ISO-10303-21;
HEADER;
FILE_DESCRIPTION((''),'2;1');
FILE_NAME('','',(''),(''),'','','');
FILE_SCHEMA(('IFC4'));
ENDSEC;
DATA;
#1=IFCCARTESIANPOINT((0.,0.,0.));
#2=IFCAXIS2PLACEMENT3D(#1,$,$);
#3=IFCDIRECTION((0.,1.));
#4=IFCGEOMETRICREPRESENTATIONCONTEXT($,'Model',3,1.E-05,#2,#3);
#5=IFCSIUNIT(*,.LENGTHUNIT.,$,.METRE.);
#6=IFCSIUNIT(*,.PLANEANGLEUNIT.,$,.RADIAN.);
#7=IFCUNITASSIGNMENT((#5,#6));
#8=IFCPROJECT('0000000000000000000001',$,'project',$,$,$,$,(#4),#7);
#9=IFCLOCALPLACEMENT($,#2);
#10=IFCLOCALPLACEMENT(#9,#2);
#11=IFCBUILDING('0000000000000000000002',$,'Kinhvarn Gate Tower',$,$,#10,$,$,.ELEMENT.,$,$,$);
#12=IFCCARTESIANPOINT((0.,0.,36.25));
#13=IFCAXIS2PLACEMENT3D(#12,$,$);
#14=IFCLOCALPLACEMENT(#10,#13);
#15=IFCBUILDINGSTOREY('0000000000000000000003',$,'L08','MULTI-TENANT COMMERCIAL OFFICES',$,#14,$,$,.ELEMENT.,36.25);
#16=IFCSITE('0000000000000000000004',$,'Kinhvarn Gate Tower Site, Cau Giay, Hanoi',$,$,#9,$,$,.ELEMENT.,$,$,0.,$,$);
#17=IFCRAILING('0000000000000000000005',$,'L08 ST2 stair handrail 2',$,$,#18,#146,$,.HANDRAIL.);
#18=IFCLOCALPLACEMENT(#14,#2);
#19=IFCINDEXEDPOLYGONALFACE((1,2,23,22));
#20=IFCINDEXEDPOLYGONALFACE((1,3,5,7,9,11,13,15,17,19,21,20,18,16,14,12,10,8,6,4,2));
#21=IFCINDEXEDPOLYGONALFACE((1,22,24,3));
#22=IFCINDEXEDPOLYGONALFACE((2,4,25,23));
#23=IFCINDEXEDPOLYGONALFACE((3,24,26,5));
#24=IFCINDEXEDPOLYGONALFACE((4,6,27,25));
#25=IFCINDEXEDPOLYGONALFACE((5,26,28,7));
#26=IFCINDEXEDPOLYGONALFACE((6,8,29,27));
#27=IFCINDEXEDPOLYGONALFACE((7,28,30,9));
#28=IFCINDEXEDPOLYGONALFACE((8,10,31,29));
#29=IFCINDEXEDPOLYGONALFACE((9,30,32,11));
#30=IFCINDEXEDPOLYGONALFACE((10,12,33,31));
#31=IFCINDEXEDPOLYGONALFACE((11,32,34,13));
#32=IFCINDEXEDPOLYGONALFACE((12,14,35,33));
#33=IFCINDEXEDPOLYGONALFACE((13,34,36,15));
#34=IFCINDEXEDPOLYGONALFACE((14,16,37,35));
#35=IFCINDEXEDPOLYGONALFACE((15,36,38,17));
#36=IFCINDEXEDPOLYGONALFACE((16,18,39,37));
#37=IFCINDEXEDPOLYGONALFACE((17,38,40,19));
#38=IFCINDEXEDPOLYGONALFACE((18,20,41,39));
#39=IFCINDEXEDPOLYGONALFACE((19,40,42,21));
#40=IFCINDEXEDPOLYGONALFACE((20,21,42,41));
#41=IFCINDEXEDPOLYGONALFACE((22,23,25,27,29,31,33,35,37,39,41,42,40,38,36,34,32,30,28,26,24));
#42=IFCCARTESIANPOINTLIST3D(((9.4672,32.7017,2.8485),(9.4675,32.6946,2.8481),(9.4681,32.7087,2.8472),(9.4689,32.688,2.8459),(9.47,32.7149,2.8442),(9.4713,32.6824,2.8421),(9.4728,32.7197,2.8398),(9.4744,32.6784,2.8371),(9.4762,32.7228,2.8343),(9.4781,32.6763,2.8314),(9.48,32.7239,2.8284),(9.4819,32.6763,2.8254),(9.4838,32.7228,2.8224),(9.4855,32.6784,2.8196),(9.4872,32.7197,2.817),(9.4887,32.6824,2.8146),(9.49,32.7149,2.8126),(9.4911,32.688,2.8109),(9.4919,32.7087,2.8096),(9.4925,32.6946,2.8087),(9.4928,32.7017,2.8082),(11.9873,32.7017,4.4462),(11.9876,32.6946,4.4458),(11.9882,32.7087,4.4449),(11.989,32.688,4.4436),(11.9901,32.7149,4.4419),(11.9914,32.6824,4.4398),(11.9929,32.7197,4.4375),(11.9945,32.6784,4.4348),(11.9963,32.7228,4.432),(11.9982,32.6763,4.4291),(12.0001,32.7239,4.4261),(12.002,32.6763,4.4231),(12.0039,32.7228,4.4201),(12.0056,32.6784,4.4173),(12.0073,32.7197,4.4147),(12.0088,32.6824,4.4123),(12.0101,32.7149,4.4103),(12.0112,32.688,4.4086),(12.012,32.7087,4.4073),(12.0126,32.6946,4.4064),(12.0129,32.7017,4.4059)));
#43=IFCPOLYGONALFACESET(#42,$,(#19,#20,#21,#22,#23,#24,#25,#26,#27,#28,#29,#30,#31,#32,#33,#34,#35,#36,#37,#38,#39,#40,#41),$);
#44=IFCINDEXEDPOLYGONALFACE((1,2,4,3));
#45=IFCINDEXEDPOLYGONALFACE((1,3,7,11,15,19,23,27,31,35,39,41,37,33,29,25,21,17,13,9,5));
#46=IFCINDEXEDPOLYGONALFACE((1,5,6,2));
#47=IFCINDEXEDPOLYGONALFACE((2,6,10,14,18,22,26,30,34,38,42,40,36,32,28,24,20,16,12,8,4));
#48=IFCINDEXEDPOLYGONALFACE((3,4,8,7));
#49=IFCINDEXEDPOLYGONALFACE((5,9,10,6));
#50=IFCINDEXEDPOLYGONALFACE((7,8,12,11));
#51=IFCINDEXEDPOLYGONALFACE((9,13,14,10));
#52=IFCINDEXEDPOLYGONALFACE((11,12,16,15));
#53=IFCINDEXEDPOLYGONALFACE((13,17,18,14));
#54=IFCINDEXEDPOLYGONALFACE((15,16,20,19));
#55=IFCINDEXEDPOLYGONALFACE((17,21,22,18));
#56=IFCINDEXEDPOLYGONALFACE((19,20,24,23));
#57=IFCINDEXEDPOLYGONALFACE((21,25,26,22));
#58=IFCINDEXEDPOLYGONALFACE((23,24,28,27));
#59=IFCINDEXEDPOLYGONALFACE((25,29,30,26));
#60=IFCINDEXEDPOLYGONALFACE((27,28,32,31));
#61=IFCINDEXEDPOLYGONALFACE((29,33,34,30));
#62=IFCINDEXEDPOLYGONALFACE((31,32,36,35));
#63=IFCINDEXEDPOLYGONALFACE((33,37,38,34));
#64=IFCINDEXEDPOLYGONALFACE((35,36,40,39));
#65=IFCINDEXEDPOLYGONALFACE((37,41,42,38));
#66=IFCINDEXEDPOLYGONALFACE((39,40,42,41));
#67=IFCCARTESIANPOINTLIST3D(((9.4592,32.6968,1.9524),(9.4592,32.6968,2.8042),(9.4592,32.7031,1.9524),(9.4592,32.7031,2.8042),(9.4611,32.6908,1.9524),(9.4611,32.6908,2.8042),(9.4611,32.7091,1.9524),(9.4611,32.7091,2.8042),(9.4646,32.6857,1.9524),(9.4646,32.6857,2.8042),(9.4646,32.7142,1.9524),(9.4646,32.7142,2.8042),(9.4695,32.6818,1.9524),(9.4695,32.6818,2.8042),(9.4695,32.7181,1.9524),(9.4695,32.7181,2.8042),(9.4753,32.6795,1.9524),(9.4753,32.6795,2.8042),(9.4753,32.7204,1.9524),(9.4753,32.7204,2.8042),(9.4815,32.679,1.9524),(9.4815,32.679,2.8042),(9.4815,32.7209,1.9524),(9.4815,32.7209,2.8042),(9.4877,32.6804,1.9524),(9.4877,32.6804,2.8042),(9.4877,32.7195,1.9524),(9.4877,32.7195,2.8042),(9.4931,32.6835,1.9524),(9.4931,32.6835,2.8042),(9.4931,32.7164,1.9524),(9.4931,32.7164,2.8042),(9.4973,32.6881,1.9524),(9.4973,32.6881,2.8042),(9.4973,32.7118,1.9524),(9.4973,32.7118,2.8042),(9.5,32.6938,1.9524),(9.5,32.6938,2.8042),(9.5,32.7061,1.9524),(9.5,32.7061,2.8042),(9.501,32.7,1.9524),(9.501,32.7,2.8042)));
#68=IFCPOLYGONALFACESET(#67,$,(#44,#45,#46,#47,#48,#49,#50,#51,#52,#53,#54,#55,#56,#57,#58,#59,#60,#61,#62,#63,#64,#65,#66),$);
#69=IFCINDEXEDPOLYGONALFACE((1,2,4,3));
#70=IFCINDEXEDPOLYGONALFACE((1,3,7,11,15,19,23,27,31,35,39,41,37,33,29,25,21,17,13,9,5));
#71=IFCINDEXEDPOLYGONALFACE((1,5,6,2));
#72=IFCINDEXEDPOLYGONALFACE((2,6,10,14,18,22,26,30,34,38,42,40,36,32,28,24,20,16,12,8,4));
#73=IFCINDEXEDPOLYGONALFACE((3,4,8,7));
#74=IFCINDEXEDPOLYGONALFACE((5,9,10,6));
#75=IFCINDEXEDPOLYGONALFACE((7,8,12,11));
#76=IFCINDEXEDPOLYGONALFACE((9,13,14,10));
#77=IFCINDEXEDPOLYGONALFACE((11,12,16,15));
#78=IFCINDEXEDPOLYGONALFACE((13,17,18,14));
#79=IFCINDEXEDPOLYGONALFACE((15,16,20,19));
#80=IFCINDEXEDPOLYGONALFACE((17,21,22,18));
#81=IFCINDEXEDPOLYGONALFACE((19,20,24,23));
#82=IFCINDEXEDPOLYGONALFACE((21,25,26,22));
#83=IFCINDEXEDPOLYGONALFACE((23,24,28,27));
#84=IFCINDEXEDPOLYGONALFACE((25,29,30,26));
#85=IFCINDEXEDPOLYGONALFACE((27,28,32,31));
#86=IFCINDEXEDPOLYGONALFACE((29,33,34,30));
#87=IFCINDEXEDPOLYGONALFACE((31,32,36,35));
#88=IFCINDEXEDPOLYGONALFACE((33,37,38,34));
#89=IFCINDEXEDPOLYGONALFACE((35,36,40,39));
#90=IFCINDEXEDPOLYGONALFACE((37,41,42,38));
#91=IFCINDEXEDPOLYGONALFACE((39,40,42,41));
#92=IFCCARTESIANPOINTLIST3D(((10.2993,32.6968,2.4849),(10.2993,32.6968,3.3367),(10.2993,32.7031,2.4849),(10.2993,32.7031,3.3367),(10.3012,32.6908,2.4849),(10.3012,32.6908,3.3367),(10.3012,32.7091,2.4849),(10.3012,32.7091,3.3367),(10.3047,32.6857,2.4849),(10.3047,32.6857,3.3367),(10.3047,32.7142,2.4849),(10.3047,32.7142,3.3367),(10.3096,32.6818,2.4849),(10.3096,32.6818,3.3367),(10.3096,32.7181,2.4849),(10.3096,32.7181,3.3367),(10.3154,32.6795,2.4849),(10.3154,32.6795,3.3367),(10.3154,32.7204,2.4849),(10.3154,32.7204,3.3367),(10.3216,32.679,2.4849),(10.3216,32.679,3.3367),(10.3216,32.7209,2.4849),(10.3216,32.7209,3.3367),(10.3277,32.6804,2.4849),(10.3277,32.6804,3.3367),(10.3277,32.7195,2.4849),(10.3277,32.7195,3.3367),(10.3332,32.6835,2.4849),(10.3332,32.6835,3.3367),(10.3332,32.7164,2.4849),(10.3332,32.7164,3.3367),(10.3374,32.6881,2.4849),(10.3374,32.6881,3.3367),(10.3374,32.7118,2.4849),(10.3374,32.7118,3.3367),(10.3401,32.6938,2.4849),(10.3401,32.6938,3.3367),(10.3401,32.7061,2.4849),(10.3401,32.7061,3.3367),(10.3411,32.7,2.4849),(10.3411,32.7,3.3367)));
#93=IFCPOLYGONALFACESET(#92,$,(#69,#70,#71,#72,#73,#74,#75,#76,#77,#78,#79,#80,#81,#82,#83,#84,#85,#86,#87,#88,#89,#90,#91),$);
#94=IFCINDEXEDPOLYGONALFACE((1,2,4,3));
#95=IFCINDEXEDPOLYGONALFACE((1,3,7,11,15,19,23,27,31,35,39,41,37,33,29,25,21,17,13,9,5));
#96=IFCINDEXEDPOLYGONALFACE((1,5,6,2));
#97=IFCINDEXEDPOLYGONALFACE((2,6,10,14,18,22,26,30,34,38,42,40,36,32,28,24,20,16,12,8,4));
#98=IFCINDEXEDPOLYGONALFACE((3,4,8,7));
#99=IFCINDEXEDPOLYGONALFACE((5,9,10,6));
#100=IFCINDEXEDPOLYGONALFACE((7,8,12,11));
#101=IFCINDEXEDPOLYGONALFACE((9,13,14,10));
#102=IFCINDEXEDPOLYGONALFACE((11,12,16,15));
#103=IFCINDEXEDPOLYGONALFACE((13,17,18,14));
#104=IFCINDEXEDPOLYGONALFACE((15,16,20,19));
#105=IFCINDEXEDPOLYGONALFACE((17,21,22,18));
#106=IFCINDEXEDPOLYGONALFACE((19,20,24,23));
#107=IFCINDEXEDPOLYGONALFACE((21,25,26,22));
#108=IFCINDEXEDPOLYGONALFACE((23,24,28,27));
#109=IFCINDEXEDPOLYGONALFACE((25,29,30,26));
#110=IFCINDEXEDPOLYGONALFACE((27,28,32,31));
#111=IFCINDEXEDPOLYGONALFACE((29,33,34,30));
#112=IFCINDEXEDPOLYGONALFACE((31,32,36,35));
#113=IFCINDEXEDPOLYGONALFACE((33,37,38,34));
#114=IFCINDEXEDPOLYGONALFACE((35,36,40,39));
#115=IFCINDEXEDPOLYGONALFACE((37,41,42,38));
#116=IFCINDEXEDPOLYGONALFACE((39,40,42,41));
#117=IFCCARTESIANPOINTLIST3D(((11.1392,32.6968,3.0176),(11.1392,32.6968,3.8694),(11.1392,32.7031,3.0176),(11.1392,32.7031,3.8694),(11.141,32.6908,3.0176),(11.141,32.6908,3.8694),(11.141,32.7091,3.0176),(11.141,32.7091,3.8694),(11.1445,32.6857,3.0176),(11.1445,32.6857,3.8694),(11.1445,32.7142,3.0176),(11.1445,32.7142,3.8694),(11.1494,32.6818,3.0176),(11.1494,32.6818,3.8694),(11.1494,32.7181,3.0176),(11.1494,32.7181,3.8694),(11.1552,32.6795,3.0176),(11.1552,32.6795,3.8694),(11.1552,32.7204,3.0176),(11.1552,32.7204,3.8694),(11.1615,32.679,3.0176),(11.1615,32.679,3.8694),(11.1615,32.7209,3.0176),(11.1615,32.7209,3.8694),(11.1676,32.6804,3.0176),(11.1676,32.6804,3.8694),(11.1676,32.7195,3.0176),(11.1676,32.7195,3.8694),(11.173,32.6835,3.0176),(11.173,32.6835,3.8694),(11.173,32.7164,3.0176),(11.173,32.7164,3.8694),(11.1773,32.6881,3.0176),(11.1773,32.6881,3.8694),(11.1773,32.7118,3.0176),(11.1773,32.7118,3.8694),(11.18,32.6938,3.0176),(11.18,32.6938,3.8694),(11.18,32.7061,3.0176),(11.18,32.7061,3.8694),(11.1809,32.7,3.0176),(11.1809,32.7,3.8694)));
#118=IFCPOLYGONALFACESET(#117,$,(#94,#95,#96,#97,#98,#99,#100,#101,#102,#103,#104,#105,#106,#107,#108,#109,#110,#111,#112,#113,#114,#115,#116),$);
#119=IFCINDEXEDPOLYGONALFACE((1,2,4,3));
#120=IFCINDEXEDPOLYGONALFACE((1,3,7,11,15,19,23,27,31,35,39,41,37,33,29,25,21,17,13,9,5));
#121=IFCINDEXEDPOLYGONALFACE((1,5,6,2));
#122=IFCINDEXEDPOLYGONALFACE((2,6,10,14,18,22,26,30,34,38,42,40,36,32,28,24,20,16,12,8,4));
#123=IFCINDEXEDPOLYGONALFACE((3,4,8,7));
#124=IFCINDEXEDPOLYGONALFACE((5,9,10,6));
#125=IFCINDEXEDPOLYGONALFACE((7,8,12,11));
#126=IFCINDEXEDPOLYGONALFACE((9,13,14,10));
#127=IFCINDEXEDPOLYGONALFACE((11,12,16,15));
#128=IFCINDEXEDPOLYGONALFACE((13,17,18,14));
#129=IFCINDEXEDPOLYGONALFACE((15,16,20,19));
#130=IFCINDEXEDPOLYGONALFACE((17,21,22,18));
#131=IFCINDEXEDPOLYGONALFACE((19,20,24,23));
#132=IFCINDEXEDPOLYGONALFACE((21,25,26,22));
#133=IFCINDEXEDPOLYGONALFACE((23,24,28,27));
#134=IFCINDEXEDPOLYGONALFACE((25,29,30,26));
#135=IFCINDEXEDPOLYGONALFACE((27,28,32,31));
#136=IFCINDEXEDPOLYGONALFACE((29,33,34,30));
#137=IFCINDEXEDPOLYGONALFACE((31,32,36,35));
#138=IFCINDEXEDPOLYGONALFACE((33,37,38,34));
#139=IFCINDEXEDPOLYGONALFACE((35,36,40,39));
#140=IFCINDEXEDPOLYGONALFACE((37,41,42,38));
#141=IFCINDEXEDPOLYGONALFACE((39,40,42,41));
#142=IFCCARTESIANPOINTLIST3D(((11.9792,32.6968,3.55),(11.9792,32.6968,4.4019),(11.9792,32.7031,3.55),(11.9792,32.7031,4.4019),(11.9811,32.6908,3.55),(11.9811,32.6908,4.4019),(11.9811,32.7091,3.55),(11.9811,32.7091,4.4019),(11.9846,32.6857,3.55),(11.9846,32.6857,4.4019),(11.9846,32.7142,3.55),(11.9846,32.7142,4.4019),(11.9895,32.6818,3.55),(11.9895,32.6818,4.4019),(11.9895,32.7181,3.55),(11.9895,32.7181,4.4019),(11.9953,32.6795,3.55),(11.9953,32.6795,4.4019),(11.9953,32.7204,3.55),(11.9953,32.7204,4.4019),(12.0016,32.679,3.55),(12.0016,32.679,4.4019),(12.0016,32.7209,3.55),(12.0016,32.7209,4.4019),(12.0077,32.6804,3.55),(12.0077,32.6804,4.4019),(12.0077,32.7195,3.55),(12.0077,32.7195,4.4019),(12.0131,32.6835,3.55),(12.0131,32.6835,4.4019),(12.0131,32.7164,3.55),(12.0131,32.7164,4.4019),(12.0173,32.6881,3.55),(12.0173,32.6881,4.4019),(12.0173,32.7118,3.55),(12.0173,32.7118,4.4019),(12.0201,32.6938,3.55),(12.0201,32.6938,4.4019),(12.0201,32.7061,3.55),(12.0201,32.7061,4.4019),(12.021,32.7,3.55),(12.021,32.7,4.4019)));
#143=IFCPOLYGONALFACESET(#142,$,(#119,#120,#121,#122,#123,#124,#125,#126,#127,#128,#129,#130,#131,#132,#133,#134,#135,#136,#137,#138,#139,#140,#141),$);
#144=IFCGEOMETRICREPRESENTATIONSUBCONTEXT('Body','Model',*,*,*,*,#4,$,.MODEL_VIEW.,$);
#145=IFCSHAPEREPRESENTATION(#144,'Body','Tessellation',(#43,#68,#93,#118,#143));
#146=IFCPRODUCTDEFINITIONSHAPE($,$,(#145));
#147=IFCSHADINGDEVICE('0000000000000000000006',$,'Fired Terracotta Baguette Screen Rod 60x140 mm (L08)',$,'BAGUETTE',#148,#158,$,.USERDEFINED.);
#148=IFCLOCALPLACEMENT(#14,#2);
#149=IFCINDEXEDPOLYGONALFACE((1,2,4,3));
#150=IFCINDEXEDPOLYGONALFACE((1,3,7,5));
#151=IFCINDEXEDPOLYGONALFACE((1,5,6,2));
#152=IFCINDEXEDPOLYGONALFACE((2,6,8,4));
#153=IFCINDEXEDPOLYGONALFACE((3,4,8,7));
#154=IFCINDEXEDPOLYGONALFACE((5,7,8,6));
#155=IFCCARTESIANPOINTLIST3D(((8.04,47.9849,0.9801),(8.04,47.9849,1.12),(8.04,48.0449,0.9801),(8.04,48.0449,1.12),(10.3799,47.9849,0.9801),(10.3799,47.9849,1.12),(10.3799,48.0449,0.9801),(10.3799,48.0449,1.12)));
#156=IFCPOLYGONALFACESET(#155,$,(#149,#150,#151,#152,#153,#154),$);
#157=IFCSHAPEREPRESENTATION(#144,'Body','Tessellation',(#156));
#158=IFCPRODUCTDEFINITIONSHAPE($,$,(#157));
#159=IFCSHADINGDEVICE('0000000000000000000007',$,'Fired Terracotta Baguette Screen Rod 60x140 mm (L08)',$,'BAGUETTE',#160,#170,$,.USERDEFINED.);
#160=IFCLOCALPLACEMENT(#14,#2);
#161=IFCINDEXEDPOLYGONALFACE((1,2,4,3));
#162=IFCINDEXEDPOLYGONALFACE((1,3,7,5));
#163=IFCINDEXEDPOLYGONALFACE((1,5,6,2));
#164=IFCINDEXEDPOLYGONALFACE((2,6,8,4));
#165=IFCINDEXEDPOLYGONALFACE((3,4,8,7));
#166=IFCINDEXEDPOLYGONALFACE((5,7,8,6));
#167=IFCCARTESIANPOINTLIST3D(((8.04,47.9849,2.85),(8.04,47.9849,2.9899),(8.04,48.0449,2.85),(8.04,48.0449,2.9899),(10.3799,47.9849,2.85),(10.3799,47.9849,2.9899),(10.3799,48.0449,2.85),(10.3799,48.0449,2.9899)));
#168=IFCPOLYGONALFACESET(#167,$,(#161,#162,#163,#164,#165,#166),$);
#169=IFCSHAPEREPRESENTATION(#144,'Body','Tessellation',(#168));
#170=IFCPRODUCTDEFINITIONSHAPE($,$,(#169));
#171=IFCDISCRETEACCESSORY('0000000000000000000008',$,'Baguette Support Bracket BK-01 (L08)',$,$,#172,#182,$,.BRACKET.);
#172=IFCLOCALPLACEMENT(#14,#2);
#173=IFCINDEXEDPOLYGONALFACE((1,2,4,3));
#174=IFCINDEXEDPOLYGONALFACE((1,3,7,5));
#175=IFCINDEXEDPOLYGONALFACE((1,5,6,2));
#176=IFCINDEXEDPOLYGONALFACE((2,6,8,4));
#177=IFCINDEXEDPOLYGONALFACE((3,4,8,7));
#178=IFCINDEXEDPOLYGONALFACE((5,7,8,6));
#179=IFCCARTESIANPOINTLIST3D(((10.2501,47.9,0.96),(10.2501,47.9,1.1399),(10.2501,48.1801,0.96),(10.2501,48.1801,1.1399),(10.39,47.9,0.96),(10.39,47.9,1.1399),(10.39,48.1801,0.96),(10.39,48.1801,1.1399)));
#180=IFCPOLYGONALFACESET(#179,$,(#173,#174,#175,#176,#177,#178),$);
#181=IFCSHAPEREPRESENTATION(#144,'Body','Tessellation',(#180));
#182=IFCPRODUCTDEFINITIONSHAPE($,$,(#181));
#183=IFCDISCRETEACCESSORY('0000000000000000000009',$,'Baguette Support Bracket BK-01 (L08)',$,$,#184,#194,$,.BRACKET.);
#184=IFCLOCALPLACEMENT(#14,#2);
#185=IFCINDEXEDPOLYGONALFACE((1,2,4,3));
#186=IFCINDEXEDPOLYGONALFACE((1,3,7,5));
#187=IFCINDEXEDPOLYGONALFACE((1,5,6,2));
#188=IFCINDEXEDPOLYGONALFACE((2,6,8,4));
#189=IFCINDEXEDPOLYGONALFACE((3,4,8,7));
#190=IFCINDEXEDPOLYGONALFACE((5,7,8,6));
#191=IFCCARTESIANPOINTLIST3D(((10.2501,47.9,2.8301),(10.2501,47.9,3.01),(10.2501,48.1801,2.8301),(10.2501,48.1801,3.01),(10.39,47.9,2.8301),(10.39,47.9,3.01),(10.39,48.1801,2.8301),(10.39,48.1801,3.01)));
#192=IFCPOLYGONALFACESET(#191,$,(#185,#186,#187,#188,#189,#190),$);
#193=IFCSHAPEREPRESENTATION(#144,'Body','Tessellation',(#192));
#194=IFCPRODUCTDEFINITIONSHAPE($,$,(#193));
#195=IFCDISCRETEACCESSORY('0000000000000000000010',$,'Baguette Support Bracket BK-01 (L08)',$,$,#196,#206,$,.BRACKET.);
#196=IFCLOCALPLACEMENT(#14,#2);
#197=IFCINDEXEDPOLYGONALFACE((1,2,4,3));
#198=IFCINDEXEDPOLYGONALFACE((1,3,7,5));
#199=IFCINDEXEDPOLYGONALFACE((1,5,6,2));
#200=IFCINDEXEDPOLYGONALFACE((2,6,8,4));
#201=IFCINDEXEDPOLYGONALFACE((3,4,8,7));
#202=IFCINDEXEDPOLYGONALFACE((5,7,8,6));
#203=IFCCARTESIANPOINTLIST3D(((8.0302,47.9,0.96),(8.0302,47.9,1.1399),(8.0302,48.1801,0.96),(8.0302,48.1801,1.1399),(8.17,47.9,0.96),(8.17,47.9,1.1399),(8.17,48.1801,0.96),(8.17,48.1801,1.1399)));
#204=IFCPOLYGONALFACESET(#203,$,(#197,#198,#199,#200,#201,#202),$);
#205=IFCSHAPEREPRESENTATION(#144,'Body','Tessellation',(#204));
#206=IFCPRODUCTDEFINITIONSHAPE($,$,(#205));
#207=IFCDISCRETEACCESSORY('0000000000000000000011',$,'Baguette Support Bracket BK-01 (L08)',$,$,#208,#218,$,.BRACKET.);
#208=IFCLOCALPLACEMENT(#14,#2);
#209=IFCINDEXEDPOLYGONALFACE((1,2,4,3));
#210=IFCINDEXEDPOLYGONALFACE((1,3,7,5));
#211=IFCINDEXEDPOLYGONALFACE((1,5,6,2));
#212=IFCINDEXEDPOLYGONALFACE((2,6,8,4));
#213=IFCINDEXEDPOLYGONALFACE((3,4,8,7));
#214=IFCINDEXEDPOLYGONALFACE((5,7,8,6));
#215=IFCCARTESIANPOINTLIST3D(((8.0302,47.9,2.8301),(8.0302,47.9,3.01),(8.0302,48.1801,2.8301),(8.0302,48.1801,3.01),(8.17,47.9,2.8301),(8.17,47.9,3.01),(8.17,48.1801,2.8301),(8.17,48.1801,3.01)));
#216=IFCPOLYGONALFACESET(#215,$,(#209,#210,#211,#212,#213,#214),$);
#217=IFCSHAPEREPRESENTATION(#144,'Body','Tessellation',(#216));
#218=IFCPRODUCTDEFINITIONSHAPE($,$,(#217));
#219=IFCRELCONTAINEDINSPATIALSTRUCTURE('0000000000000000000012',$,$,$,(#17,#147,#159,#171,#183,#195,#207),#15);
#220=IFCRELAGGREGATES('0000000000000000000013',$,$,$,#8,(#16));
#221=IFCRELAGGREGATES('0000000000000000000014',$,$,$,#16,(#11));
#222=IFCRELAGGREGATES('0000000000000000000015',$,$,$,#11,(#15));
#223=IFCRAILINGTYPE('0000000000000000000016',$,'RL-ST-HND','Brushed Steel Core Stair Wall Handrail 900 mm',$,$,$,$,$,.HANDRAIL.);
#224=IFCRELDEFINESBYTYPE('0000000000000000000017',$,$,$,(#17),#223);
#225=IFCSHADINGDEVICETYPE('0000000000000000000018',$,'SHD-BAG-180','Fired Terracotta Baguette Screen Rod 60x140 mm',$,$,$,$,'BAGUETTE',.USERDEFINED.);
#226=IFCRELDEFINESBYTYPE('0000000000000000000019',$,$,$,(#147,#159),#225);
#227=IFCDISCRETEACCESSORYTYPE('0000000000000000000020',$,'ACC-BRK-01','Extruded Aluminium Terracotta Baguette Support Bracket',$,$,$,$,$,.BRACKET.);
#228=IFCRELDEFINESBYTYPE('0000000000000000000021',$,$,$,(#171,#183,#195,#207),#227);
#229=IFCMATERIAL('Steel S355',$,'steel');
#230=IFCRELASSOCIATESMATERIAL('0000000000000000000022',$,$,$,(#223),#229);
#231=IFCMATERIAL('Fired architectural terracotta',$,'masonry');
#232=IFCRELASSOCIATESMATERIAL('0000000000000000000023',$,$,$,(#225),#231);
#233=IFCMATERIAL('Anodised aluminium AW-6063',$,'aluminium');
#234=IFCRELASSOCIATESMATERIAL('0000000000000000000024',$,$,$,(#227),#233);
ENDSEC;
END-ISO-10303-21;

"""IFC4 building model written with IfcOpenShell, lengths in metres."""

from ifc_helpers import new_model, si_unit, direction, frame, origin, origin_2d, place, context, subcontext, project, spatial, rectangle, circle, extrude, material, material_profile, profile_set, type_object, element, save


model = new_model("IFC4")

# Units and contexts
model_context = context("Model", 3, precision=1e-05, world=origin(), true_north=direction((0.0, 1.0)))
body_context = subcontext(model_context, "Body", "Model", "MODEL_VIEW")
ifc_project = project(units=[si_unit("LENGTHUNIT", "METRE"), si_unit("PLANEANGLEUNIT", "RADIAN")], contexts=[model_context])

# Site, building, storey
site_placement = place(None, origin())
site = spatial("IfcSite", under=ifc_project, at=site_placement, Name="Kinhvarn Gate Tower Site, Cau Giay, Hanoi", CompositionType="ELEMENT", RefElevation=0.0)
building_placement = place(site_placement, origin())
building = spatial("IfcBuilding", under=site, at=building_placement, Name="Kinhvarn Gate Tower", CompositionType="ELEMENT")
storey_placement = place(building_placement, frame((0.0, 0.0, 36.25)))
storey = spatial("IfcBuildingStorey", under=building, at=storey_placement, Name="L08", Description="MULTI-TENANT COMMERCIAL OFFICES", CompositionType="ELEMENT", Elevation=36.25)

# Shared definitions
ifc_material_1 = material(Name="Anodised aluminium AW-6063", Category="aluminium")

# Shared definitions
ifc_material_2 = material(Name="Steel S355", Category="steel")

# Shared definitions
ifc_material_3 = material(Name="Fired architectural terracotta", Category="masonry")

# Railing
railing_type_1 = type_object("IfcRailingType", Name="RL-ST-HND", Description="Brushed Steel Core Stair Wall Handrail 900 mm", PredefinedType="HANDRAIL", material=ifc_material_2)
railing_1_placement = place(storey_placement, frame((9.48, 32.7, 1.9524)))
element("IfcRailing", 1, at=railing_1_placement, inside=storey, type_object=railing_type_1, Name="L08 ST2 stair handrail 2", PredefinedType="HANDRAIL", context=body_context, shape_type="SweptSolid", body=[
    extrude(circle(Radius=0.0239, at=origin_2d()), frame((0.0, 0.0, 0.876), z_axis=(0.84457, 0.0, 0.535445), x_axis=(0.0, 1.0, 0.0)), (0.0, 0.0, 1.0), 2.9839),
    extrude(circle(Radius=0.021, at=origin_2d()), origin(), (0.0, 0.0, 1.0), 0.8518),
    extrude(circle(Radius=0.021, at=origin_2d()), frame((0.8401, 0.0, 0.5325)), (0.0, 0.0, 1.0), 0.8518),
    extrude(circle(Radius=0.021, at=origin_2d()), frame((1.6799, 0.0, 1.0652)), (0.0, 0.0, 1.0), 0.8518),
    extrude(circle(Radius=0.021, at=origin_2d()), frame((2.52, 0.0, 1.5977)), (0.0, 0.0, 1.0), 0.8518),
])

# Shading devices
ifc_material_profile_1 = material_profile(ifc_material_3, rectangle(XDim=0.0601, YDim=0.1399, at=origin_2d()), Name="TC 60x140")
ifc_profile_set_1 = profile_set([ifc_material_profile_1], Name="Fired architectural terracotta")
shading_device_type = type_object("IfcShadingDeviceType", Name="SHD-BAG-180", Description="Fired Terracotta Baguette Screen Rod 60x140 mm", ElementType="BAGUETTE", PredefinedType="USERDEFINED", material=ifc_profile_set_1)
for number, where, z_axis, x_axis, name in (
    (2, (10.3799, 48.0149, 1.05), (-1.0, 0.0, 0.0), (0.0, -1.0, 0.0), "Fired Terracotta Baguette Screen Rod 60x140 mm (L08)"),
    (3, (10.3799, 48.0149, 2.9199), (-1.0, 0.0, 0.0), (0.0, -1.0, 0.0), "Fired Terracotta Baguette Screen Rod 60x140 mm (L08)"),
):
    element("IfcShadingDevice", number, at=place(storey_placement, frame(where, z_axis=z_axis, x_axis=x_axis)), inside=storey, type_object=shading_device_type, Name=name, ObjectType="BAGUETTE", PredefinedType="USERDEFINED", context=body_context, shape_type="SweptSolid", body=[
        extrude(rectangle(XDim=0.0601, YDim=0.1399, at=origin_2d()), origin(), (0.0, 0.0, 1.0), 2.3398),
    ])

# Discrete accessories
discrete_accessory_type = type_object("IfcDiscreteAccessoryType", Name="ACC-BRK-01", Description="Extruded Aluminium Terracotta Baguette Support Bracket", PredefinedType="BRACKET", material=ifc_material_1)
for number, where, z_axis, x_axis, name in (
    (4, (10.3201, 48.04, 0.96), (0.0, 0.0, 1.0), (-1.0, 0.0, 0.0), "Baguette Support Bracket BK-01 (L08)"),
    (5, (10.3201, 48.04, 2.8301), (0.0, 0.0, 1.0), (-1.0, 0.0, 0.0), "Baguette Support Bracket BK-01 (L08)"),
    (6, (8.1001, 48.04, 0.96), (0.0, 0.0, 1.0), (-1.0, 0.0, 0.0), "Baguette Support Bracket BK-01 (L08)"),
    (7, (8.1001, 48.04, 2.8301), (0.0, 0.0, 1.0), (-1.0, 0.0, 0.0), "Baguette Support Bracket BK-01 (L08)"),
):
    element("IfcDiscreteAccessory", number, at=place(storey_placement, frame(where, z_axis=z_axis, x_axis=x_axis)), inside=storey, type_object=discrete_accessory_type, Name=name, PredefinedType="BRACKET", context=body_context, shape_type="SweptSolid", body=[
        extrude(rectangle(XDim=0.1399, YDim=0.28, at=origin_2d()), origin(), (0.0, 0.0, 1.0), 0.1799),
    ])

save(model, "model.ifc")
